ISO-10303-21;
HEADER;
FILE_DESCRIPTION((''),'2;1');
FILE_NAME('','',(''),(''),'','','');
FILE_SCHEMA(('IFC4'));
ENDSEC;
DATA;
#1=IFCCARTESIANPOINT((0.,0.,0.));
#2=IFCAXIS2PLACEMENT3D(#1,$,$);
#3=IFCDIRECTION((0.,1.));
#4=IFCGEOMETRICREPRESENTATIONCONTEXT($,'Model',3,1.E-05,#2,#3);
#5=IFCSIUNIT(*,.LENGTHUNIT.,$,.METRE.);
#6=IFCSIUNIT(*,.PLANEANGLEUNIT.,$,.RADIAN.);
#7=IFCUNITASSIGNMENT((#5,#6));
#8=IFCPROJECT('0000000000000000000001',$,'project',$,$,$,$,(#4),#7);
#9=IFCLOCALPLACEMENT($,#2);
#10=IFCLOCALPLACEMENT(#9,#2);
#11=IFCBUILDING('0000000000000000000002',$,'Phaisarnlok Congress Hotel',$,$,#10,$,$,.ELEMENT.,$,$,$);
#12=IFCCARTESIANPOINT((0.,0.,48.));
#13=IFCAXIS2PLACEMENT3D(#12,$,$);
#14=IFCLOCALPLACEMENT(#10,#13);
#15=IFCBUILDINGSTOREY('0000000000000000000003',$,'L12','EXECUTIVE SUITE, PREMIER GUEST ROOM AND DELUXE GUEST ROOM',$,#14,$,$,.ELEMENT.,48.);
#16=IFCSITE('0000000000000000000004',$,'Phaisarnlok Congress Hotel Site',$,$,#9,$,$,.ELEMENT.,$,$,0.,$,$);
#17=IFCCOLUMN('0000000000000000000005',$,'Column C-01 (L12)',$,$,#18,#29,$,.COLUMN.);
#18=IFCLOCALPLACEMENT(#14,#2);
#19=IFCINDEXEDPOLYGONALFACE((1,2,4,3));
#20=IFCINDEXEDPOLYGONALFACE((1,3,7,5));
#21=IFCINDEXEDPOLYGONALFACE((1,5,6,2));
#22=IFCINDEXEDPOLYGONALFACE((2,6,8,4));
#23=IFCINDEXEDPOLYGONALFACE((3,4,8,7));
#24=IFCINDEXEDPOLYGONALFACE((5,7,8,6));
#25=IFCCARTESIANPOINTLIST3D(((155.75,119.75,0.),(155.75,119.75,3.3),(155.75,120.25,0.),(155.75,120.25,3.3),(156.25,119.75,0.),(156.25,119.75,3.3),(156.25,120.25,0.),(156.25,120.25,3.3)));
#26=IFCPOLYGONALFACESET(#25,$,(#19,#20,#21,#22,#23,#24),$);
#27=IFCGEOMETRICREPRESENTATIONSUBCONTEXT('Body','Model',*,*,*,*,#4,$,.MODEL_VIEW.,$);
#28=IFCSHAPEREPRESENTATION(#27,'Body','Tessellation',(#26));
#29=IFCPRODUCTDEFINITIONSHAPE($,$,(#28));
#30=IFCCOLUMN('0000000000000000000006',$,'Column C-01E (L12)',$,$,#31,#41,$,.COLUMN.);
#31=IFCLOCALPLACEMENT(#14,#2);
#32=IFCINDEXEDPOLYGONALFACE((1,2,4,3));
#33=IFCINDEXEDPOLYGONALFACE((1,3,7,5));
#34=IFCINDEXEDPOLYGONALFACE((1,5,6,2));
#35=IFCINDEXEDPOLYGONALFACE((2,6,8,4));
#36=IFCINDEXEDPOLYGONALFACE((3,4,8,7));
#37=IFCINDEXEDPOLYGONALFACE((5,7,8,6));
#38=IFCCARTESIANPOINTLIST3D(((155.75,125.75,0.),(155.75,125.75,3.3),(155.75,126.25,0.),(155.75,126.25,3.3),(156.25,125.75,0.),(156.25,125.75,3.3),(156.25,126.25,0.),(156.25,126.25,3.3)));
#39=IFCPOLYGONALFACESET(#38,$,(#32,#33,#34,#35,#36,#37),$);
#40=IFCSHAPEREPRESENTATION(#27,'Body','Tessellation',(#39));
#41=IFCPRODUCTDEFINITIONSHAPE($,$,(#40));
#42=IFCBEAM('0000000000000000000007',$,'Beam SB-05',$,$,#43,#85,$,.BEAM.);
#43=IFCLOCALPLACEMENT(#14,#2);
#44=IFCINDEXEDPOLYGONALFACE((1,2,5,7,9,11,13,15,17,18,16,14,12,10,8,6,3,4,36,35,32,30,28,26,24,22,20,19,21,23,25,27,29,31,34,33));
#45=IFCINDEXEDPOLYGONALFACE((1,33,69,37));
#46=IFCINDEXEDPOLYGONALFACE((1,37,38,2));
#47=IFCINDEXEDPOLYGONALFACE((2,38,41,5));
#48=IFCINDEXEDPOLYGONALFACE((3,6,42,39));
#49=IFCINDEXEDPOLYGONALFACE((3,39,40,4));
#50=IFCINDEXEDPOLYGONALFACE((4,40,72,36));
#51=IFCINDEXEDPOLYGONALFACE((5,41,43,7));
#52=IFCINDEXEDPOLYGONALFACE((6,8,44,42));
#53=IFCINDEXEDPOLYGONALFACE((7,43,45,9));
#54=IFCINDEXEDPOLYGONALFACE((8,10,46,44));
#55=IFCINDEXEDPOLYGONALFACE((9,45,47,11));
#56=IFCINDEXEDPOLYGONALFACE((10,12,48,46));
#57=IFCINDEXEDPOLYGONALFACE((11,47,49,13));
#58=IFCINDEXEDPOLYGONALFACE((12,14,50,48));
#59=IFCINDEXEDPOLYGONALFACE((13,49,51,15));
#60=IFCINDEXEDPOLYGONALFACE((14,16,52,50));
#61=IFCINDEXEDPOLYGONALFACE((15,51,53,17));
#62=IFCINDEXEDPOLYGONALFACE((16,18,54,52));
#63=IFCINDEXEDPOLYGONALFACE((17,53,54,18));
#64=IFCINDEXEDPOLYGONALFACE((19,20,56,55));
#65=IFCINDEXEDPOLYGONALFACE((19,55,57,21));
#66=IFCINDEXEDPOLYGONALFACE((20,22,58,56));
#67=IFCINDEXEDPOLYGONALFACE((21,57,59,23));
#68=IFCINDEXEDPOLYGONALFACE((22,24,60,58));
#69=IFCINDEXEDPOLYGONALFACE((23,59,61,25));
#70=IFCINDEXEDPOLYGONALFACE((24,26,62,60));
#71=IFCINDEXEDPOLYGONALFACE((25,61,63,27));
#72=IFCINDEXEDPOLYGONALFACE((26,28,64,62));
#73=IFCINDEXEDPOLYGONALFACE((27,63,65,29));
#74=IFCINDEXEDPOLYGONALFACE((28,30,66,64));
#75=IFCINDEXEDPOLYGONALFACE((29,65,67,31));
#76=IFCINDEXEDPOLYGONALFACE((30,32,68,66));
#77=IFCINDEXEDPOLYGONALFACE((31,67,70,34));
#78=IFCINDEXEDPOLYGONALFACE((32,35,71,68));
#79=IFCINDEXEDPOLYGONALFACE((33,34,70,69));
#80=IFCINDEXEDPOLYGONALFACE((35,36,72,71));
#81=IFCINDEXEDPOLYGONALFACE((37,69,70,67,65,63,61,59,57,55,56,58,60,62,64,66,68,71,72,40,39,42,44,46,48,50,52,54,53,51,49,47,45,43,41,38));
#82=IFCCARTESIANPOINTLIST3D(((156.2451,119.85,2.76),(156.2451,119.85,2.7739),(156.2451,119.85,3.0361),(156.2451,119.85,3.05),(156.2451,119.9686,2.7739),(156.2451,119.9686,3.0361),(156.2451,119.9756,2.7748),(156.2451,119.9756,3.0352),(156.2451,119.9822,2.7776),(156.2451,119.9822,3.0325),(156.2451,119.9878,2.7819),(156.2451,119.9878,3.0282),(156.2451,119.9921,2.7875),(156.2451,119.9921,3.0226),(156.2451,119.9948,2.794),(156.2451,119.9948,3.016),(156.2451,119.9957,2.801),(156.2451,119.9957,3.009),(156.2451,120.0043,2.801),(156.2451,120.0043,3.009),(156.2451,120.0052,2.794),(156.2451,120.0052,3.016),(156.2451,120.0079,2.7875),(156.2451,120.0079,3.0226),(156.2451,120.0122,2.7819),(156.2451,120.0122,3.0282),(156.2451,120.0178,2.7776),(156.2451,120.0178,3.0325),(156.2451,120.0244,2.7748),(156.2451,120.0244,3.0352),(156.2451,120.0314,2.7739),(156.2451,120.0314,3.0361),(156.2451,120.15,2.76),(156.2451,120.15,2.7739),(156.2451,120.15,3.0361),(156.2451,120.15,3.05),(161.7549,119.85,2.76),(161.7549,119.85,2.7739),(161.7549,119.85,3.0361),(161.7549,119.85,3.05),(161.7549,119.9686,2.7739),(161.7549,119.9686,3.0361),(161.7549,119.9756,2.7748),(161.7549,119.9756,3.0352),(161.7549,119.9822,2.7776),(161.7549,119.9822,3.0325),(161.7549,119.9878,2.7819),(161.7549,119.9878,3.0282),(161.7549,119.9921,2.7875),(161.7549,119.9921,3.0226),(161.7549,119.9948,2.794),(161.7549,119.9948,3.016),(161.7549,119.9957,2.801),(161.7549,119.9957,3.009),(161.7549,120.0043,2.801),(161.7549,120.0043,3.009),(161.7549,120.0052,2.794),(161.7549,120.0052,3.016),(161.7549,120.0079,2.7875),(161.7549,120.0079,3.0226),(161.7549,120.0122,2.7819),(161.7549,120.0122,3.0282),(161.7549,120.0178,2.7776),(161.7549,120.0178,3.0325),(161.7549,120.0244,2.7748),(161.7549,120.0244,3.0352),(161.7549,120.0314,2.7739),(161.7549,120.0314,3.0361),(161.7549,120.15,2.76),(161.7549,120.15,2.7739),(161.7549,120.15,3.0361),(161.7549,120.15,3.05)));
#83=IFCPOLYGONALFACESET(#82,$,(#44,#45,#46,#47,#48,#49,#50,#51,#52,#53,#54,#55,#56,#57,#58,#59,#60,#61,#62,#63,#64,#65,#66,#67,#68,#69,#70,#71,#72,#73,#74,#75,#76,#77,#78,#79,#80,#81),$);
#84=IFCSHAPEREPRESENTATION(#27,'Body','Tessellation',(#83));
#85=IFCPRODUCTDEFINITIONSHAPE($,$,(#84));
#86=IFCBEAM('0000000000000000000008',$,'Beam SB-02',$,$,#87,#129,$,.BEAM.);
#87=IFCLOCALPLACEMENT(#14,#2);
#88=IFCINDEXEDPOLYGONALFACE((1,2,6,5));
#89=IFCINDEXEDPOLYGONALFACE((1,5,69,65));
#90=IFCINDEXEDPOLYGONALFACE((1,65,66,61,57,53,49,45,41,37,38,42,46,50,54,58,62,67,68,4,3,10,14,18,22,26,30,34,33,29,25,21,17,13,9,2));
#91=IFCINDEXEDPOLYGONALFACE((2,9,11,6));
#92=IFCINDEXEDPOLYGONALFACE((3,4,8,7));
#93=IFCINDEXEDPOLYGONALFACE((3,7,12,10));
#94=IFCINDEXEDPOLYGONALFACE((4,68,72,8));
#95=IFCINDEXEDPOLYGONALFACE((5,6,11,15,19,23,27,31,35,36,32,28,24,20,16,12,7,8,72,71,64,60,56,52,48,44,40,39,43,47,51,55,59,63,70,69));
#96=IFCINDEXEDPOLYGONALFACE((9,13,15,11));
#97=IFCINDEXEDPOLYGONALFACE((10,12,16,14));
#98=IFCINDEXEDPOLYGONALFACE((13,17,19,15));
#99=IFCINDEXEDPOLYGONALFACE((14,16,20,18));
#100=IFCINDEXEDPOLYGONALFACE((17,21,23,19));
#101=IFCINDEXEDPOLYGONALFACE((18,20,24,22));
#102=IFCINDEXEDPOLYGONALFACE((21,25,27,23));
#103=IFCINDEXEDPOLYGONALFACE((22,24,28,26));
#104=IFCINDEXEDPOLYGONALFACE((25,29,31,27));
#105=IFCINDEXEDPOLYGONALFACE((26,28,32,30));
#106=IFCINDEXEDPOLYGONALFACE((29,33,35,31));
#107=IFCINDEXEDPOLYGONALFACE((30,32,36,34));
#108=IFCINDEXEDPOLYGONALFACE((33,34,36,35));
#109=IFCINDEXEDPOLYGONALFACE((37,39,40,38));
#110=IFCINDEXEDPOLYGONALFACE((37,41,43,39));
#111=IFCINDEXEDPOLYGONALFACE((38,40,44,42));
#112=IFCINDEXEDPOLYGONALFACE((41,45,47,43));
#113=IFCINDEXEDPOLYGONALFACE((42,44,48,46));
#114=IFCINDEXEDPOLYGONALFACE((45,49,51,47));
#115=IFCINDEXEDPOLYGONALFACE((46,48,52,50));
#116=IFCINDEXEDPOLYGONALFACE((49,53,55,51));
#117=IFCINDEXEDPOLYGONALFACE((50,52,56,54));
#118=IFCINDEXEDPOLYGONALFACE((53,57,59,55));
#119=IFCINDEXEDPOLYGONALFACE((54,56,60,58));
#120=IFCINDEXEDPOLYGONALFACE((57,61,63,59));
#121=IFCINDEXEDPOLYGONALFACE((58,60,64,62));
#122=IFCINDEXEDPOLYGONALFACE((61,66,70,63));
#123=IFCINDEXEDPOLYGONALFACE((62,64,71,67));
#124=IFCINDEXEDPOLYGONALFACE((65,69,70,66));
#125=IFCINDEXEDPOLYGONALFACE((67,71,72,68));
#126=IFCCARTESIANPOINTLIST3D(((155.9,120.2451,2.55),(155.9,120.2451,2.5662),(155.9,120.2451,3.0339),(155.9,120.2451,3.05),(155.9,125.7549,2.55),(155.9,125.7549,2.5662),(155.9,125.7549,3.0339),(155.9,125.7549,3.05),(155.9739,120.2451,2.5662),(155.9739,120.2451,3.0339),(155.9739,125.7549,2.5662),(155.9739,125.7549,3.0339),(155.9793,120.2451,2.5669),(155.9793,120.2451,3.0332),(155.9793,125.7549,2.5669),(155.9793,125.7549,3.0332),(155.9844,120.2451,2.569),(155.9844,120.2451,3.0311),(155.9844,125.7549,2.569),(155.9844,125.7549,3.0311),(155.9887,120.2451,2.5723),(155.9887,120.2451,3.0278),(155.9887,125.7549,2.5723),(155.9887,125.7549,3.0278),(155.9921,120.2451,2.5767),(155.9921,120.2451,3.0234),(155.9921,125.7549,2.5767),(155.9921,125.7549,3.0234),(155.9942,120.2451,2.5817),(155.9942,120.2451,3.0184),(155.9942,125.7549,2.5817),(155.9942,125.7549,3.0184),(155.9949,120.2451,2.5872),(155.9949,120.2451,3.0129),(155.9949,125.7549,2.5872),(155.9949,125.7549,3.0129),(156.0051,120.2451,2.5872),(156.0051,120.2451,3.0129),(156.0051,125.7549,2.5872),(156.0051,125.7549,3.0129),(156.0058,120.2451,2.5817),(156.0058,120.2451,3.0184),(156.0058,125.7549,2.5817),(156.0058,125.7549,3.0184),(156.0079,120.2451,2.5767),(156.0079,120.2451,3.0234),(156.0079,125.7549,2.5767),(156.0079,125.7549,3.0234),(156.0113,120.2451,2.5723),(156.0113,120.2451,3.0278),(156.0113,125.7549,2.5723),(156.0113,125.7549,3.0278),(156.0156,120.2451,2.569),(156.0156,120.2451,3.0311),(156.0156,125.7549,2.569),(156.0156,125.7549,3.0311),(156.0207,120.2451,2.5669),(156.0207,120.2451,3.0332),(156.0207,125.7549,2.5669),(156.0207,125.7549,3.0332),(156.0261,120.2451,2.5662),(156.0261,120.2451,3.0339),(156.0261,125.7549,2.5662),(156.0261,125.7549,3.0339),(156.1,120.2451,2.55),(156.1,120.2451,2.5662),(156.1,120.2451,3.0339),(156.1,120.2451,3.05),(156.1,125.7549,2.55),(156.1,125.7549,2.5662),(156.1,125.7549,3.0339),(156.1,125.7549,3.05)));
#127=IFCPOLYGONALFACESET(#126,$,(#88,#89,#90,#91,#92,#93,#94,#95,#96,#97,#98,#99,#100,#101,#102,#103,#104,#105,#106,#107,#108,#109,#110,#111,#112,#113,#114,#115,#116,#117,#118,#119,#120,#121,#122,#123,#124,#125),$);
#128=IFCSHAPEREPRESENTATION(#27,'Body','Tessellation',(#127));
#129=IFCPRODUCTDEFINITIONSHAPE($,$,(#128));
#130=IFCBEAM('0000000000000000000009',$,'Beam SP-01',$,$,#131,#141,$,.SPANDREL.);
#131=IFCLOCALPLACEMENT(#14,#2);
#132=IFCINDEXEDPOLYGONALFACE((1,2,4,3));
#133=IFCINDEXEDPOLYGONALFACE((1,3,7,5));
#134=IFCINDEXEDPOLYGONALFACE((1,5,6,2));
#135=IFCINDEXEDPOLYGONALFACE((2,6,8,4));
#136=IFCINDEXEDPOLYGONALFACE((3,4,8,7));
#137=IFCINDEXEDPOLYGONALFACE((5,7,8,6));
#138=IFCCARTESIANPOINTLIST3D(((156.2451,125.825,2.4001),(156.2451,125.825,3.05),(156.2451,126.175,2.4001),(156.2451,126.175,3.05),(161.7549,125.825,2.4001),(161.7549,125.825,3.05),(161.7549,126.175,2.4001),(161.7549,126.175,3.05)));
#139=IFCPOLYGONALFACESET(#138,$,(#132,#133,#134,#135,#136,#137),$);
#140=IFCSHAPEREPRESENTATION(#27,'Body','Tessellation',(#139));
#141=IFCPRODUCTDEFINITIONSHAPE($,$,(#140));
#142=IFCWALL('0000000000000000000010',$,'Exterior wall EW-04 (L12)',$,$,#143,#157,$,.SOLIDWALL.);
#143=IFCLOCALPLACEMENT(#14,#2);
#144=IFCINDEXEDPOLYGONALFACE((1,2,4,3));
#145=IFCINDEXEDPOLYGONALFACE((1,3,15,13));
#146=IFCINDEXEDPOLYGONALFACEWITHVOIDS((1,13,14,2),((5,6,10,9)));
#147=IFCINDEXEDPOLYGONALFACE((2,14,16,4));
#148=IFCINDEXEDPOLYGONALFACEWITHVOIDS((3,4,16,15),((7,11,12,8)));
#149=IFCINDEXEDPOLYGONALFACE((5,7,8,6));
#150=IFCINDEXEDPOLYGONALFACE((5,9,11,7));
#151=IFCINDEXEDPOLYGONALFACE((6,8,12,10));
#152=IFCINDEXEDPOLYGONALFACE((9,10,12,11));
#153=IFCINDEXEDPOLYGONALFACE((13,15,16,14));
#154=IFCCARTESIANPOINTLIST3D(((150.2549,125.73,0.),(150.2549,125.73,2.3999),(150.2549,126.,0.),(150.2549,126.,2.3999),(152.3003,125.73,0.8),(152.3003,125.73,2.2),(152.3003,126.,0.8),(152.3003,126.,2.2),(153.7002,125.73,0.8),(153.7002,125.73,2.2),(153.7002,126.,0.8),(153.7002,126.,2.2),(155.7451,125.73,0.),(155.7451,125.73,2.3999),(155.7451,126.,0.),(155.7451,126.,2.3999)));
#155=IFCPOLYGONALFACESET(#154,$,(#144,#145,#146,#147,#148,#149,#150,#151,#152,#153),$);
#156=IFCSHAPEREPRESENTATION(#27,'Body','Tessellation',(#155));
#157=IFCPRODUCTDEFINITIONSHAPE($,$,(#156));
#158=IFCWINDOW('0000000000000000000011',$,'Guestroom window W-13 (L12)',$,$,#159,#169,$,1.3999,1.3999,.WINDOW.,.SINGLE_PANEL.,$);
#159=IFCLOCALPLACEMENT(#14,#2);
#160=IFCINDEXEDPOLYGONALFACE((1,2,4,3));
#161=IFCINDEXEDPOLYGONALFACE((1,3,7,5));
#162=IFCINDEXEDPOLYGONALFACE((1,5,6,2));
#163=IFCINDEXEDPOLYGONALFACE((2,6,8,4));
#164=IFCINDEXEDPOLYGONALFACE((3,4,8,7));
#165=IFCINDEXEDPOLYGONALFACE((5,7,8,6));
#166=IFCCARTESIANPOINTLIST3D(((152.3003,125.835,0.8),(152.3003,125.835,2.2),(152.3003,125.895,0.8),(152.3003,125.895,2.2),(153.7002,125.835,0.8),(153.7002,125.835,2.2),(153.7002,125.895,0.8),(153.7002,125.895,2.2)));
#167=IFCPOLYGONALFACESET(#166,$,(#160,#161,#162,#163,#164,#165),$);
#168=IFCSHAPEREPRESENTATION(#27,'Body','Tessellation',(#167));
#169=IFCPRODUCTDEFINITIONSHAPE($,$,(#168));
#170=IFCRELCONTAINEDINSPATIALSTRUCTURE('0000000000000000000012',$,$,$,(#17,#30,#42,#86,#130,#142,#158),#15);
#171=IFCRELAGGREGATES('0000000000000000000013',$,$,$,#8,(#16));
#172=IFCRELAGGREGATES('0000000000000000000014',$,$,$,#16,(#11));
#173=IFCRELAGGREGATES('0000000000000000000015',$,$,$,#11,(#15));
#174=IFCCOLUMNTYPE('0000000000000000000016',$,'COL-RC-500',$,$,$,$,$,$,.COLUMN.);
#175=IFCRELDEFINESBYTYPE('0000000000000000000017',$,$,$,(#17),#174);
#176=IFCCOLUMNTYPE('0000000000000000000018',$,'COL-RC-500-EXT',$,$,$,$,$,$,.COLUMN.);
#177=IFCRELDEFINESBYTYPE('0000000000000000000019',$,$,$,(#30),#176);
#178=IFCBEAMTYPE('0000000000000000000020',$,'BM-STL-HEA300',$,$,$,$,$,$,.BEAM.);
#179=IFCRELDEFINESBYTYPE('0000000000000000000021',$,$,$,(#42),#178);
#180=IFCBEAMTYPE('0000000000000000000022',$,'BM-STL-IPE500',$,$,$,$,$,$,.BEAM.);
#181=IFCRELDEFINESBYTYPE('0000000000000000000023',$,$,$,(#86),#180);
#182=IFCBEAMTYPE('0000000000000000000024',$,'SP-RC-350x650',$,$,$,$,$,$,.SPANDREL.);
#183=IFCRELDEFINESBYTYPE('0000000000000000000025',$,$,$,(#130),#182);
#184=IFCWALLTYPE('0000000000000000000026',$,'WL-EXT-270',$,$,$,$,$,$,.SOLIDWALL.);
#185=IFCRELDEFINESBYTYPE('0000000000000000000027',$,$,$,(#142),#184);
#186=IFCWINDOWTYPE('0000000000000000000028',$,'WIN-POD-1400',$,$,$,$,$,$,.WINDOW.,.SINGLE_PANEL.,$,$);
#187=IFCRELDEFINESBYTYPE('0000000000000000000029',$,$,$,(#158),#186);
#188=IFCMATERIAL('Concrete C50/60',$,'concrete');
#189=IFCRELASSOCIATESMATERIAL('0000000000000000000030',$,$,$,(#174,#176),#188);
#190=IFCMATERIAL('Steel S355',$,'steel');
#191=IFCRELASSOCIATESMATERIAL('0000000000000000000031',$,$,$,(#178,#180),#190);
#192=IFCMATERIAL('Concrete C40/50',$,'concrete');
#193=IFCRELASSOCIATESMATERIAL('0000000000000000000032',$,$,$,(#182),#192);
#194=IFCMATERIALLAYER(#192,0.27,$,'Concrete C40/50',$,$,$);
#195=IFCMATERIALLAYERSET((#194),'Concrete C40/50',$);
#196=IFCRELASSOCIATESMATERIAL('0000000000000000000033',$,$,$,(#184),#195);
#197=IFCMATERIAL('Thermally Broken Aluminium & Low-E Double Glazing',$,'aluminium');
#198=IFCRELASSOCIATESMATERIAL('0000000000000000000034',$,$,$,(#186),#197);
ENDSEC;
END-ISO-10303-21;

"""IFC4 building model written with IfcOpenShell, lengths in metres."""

from ifc_helpers import new_model, si_unit, direction, frame, frame_2d, origin, origin_2d, place, context, subcontext, project, spatial, rectangle, i_section, extrude, material, layer, layer_set, material_profile, profile_set, type_object, element, fill, save


model = new_model("IFC4")

# Units and contexts
model_context = context("Model", 3, precision=1e-05, world=origin(), true_north=direction((0.0, 1.0)))
body_context = subcontext(model_context, "Body", "Model", "MODEL_VIEW")
ifc_project = project(units=[si_unit("LENGTHUNIT", "METRE"), si_unit("PLANEANGLEUNIT", "RADIAN")], contexts=[model_context])

# Site, building, storey
site_placement = place(None, origin())
site = spatial("IfcSite", under=ifc_project, at=site_placement, Name="Phaisarnlok Congress Hotel Site", CompositionType="ELEMENT", RefElevation=0.0)
building_placement = place(site_placement, origin())
building = spatial("IfcBuilding", under=site, at=building_placement, Name="Phaisarnlok Congress Hotel", CompositionType="ELEMENT")
storey_placement = place(building_placement, frame((0.0, 0.0, 48.0)))
storey = spatial("IfcBuildingStorey", under=building, at=storey_placement, Name="L12", Description="EXECUTIVE SUITE, PREMIER GUEST ROOM AND DELUXE GUEST ROOM", CompositionType="ELEMENT", Elevation=48.0)

# Columns
ifc_material_1 = material(Name="Concrete C50/60", Category="concrete")
ifc_material_profile_1 = material_profile(ifc_material_1, rectangle(XDim=0.5, YDim=0.5, at=origin_2d()), Name="RC 500x500")
ifc_profile_set_1 = profile_set([ifc_material_profile_1], Name="Concrete C50/60")
column_type_1 = type_object("IfcColumnType", Name="COL-RC-500", PredefinedType="COLUMN", material=ifc_profile_set_1)
column_1_placement = place(storey_placement, frame((156.0, 120.0, 0.0), z_axis=(0.0, 0.0, 1.0), x_axis=(1.0, 0.0, 0.0)))
element("IfcColumn", 1, at=column_1_placement, inside=storey, type_object=column_type_1, Name="Column C-01 (L12)", PredefinedType="COLUMN", context=body_context, shape_type="SweptSolid", body=[
    extrude(rectangle(XDim=0.5, YDim=0.5, at=origin_2d()), origin(), (0.0, 0.0, 1.0), 3.3),
])
ifc_material_profile_2 = material_profile(ifc_material_1, rectangle(XDim=0.5, YDim=0.5, at=origin_2d()), Name="RC 500x500")
ifc_profile_set_2 = profile_set([ifc_material_profile_2], Name="Concrete C50/60")
column_type_2 = type_object("IfcColumnType", Name="COL-RC-500-EXT", PredefinedType="COLUMN", material=ifc_profile_set_2)
column_2_placement = place(storey_placement, frame((156.0, 126.0, 0.0), z_axis=(0.0, 0.0, 1.0), x_axis=(1.0, 0.0, 0.0)))
element("IfcColumn", 2, at=column_2_placement, inside=storey, type_object=column_type_2, Name="Column C-01E (L12)", PredefinedType="COLUMN", context=body_context, shape_type="SweptSolid", body=[
    extrude(rectangle(XDim=0.5, YDim=0.5, at=origin_2d()), origin(), (0.0, 0.0, 1.0), 3.3),
])

# Beams
ifc_material_2 = material(Name="Steel S355", Category="steel")
ifc_material_profile_3 = material_profile(ifc_material_2, i_section(OverallWidth=0.3, OverallDepth=0.29, WebThickness=0.0085, FlangeThickness=0.0139, FilletRadius=0.0271, at=origin_2d()), Name="HEA 300")
ifc_profile_set_3 = profile_set([ifc_material_profile_3], Name="Steel S355")
beam_type_1 = type_object("IfcBeamType", Name="BM-STL-HEA300", PredefinedType="BEAM", material=ifc_profile_set_3)
beam_1_placement = place(storey_placement, frame((156.2451, 120.0, 2.905), z_axis=(1.0, 0.0, 0.0), x_axis=(0.0, 1.0, 0.0)))
element("IfcBeam", 3, at=beam_1_placement, inside=storey, type_object=beam_type_1, Name="Beam SB-05", PredefinedType="BEAM", context=body_context, shape_type="SweptSolid", body=[
    extrude(i_section(OverallWidth=0.3, OverallDepth=0.29, WebThickness=0.0085, FlangeThickness=0.0139, FilletRadius=0.0271, at=origin_2d()), origin(), (0.0, 0.0, 1.0), 5.5098),
])
ifc_material_profile_4 = material_profile(ifc_material_2, i_section(OverallWidth=0.2, OverallDepth=0.5, WebThickness=0.0103, FlangeThickness=0.0161, FilletRadius=0.021, at=origin_2d()), Name="IPE 500")
ifc_profile_set_4 = profile_set([ifc_material_profile_4], Name="Steel S355")
beam_type_2 = type_object("IfcBeamType", Name="BM-STL-IPE500", PredefinedType="BEAM", material=ifc_profile_set_4)
beam_2_placement = place(storey_placement, frame((156.0, 120.2451, 2.8), z_axis=(0.0, 1.0, 0.0), x_axis=(-1.0, 0.0, 0.0)))
element("IfcBeam", 4, at=beam_2_placement, inside=storey, type_object=beam_type_2, Name="Beam SB-02", PredefinedType="BEAM", context=body_context, shape_type="SweptSolid", body=[
    extrude(i_section(OverallWidth=0.2, OverallDepth=0.5, WebThickness=0.0103, FlangeThickness=0.0161, FilletRadius=0.021, at=origin_2d()), origin(), (0.0, 0.0, 1.0), 5.5098),
])
ifc_material_3 = material(Name="Concrete C40/50", Category="concrete")
ifc_material_profile_5 = material_profile(ifc_material_3, rectangle(XDim=0.3501, YDim=0.6499, at=origin_2d()), Name="RC 350x650")
ifc_profile_set_5 = profile_set([ifc_material_profile_5], Name="Concrete C40/50")
beam_type_3 = type_object("IfcBeamType", Name="SP-RC-350x650", PredefinedType="SPANDREL", material=ifc_profile_set_5)
beam_3_placement = place(storey_placement, frame((156.2451, 126.0, 2.7251), z_axis=(1.0, 0.0, 0.0), x_axis=(0.0, 1.0, 0.0)))
element("IfcBeam", 5, at=beam_3_placement, inside=storey, type_object=beam_type_3, Name="Beam SP-01", PredefinedType="SPANDREL", context=body_context, shape_type="SweptSolid", body=[
    extrude(rectangle(XDim=0.3501, YDim=0.6499, at=origin_2d()), origin(), (0.0, 0.0, 1.0), 5.5098),
])

# Wall, opening, window
ifc_layer_1 = layer(ifc_material_3, 0.27, Name="Concrete C40/50")
ifc_layer_set_1 = layer_set([ifc_layer_1], Name="Concrete C40/50")
wall_type_1 = type_object("IfcWallType", Name="WL-EXT-270", PredefinedType="SOLIDWALL", material=ifc_layer_set_1)
wall_1_placement = place(storey_placement, frame((155.7451, 125.865, 0.0), z_axis=(0.0, 0.0, 1.0), x_axis=(-1.0, 0.0, 0.0)))
wall_1 = element("IfcWall", 6, at=wall_1_placement, inside=storey, type_object=wall_type_1, Name="Exterior wall EW-04 (L12)", PredefinedType="SOLIDWALL", context=body_context, shape_type="SweptSolid", body=[
    extrude(rectangle(XDim=5.4902, YDim=0.27, at=frame_2d((2.7451, 0.0))), origin(), (0.0, 0.0, 1.0), 2.3999),
])
opening_1_placement = place(wall_1_placement, frame((2.0449, 0.0, 0.8)))
opening_1 = element("IfcOpeningElement", 7, at=opening_1_placement, cuts=wall_1, PredefinedType="OPENING", context=body_context, shape_type="SweptSolid", body=[
    extrude(rectangle(XDim=1.3999, YDim=1.3999, at=frame_2d((0.7, 0.7))), frame((0.0, 0.145, 0.0), z_axis=(0.0, -1.0, 0.0), x_axis=(1.0, 0.0, 0.0)), (0.0, 0.0, 1.0), 0.29),
])
ifc_material_4 = material(Name="Thermally Broken Aluminium & Low-E Double Glazing", Category="aluminium")
window_type = type_object("IfcWindowType", Name="WIN-POD-1400", PartitioningType="SINGLE_PANEL", PredefinedType="WINDOW", material=ifc_material_4)
window_placement = place(opening_1_placement, origin())
window = element("IfcWindow", 8, at=window_placement, inside=storey, type_object=window_type, Name="Guestroom window W-13 (L12)", OverallHeight=1.3999, OverallWidth=1.3999, PartitioningType="SINGLE_PANEL", PredefinedType="WINDOW", context=body_context, shape_type="SweptSolid", body=[
    extrude(rectangle(XDim=1.3999, YDim=1.3999, at=frame_2d((0.7, 0.7))), frame((0.0, 0.03, 0.0), z_axis=(0.0, -1.0, 0.0), x_axis=(1.0, 0.0, 0.0)), (0.0, 0.0, 1.0), 0.0601),
])
fill(opening_1, window)

save(model, "model.ifc")
